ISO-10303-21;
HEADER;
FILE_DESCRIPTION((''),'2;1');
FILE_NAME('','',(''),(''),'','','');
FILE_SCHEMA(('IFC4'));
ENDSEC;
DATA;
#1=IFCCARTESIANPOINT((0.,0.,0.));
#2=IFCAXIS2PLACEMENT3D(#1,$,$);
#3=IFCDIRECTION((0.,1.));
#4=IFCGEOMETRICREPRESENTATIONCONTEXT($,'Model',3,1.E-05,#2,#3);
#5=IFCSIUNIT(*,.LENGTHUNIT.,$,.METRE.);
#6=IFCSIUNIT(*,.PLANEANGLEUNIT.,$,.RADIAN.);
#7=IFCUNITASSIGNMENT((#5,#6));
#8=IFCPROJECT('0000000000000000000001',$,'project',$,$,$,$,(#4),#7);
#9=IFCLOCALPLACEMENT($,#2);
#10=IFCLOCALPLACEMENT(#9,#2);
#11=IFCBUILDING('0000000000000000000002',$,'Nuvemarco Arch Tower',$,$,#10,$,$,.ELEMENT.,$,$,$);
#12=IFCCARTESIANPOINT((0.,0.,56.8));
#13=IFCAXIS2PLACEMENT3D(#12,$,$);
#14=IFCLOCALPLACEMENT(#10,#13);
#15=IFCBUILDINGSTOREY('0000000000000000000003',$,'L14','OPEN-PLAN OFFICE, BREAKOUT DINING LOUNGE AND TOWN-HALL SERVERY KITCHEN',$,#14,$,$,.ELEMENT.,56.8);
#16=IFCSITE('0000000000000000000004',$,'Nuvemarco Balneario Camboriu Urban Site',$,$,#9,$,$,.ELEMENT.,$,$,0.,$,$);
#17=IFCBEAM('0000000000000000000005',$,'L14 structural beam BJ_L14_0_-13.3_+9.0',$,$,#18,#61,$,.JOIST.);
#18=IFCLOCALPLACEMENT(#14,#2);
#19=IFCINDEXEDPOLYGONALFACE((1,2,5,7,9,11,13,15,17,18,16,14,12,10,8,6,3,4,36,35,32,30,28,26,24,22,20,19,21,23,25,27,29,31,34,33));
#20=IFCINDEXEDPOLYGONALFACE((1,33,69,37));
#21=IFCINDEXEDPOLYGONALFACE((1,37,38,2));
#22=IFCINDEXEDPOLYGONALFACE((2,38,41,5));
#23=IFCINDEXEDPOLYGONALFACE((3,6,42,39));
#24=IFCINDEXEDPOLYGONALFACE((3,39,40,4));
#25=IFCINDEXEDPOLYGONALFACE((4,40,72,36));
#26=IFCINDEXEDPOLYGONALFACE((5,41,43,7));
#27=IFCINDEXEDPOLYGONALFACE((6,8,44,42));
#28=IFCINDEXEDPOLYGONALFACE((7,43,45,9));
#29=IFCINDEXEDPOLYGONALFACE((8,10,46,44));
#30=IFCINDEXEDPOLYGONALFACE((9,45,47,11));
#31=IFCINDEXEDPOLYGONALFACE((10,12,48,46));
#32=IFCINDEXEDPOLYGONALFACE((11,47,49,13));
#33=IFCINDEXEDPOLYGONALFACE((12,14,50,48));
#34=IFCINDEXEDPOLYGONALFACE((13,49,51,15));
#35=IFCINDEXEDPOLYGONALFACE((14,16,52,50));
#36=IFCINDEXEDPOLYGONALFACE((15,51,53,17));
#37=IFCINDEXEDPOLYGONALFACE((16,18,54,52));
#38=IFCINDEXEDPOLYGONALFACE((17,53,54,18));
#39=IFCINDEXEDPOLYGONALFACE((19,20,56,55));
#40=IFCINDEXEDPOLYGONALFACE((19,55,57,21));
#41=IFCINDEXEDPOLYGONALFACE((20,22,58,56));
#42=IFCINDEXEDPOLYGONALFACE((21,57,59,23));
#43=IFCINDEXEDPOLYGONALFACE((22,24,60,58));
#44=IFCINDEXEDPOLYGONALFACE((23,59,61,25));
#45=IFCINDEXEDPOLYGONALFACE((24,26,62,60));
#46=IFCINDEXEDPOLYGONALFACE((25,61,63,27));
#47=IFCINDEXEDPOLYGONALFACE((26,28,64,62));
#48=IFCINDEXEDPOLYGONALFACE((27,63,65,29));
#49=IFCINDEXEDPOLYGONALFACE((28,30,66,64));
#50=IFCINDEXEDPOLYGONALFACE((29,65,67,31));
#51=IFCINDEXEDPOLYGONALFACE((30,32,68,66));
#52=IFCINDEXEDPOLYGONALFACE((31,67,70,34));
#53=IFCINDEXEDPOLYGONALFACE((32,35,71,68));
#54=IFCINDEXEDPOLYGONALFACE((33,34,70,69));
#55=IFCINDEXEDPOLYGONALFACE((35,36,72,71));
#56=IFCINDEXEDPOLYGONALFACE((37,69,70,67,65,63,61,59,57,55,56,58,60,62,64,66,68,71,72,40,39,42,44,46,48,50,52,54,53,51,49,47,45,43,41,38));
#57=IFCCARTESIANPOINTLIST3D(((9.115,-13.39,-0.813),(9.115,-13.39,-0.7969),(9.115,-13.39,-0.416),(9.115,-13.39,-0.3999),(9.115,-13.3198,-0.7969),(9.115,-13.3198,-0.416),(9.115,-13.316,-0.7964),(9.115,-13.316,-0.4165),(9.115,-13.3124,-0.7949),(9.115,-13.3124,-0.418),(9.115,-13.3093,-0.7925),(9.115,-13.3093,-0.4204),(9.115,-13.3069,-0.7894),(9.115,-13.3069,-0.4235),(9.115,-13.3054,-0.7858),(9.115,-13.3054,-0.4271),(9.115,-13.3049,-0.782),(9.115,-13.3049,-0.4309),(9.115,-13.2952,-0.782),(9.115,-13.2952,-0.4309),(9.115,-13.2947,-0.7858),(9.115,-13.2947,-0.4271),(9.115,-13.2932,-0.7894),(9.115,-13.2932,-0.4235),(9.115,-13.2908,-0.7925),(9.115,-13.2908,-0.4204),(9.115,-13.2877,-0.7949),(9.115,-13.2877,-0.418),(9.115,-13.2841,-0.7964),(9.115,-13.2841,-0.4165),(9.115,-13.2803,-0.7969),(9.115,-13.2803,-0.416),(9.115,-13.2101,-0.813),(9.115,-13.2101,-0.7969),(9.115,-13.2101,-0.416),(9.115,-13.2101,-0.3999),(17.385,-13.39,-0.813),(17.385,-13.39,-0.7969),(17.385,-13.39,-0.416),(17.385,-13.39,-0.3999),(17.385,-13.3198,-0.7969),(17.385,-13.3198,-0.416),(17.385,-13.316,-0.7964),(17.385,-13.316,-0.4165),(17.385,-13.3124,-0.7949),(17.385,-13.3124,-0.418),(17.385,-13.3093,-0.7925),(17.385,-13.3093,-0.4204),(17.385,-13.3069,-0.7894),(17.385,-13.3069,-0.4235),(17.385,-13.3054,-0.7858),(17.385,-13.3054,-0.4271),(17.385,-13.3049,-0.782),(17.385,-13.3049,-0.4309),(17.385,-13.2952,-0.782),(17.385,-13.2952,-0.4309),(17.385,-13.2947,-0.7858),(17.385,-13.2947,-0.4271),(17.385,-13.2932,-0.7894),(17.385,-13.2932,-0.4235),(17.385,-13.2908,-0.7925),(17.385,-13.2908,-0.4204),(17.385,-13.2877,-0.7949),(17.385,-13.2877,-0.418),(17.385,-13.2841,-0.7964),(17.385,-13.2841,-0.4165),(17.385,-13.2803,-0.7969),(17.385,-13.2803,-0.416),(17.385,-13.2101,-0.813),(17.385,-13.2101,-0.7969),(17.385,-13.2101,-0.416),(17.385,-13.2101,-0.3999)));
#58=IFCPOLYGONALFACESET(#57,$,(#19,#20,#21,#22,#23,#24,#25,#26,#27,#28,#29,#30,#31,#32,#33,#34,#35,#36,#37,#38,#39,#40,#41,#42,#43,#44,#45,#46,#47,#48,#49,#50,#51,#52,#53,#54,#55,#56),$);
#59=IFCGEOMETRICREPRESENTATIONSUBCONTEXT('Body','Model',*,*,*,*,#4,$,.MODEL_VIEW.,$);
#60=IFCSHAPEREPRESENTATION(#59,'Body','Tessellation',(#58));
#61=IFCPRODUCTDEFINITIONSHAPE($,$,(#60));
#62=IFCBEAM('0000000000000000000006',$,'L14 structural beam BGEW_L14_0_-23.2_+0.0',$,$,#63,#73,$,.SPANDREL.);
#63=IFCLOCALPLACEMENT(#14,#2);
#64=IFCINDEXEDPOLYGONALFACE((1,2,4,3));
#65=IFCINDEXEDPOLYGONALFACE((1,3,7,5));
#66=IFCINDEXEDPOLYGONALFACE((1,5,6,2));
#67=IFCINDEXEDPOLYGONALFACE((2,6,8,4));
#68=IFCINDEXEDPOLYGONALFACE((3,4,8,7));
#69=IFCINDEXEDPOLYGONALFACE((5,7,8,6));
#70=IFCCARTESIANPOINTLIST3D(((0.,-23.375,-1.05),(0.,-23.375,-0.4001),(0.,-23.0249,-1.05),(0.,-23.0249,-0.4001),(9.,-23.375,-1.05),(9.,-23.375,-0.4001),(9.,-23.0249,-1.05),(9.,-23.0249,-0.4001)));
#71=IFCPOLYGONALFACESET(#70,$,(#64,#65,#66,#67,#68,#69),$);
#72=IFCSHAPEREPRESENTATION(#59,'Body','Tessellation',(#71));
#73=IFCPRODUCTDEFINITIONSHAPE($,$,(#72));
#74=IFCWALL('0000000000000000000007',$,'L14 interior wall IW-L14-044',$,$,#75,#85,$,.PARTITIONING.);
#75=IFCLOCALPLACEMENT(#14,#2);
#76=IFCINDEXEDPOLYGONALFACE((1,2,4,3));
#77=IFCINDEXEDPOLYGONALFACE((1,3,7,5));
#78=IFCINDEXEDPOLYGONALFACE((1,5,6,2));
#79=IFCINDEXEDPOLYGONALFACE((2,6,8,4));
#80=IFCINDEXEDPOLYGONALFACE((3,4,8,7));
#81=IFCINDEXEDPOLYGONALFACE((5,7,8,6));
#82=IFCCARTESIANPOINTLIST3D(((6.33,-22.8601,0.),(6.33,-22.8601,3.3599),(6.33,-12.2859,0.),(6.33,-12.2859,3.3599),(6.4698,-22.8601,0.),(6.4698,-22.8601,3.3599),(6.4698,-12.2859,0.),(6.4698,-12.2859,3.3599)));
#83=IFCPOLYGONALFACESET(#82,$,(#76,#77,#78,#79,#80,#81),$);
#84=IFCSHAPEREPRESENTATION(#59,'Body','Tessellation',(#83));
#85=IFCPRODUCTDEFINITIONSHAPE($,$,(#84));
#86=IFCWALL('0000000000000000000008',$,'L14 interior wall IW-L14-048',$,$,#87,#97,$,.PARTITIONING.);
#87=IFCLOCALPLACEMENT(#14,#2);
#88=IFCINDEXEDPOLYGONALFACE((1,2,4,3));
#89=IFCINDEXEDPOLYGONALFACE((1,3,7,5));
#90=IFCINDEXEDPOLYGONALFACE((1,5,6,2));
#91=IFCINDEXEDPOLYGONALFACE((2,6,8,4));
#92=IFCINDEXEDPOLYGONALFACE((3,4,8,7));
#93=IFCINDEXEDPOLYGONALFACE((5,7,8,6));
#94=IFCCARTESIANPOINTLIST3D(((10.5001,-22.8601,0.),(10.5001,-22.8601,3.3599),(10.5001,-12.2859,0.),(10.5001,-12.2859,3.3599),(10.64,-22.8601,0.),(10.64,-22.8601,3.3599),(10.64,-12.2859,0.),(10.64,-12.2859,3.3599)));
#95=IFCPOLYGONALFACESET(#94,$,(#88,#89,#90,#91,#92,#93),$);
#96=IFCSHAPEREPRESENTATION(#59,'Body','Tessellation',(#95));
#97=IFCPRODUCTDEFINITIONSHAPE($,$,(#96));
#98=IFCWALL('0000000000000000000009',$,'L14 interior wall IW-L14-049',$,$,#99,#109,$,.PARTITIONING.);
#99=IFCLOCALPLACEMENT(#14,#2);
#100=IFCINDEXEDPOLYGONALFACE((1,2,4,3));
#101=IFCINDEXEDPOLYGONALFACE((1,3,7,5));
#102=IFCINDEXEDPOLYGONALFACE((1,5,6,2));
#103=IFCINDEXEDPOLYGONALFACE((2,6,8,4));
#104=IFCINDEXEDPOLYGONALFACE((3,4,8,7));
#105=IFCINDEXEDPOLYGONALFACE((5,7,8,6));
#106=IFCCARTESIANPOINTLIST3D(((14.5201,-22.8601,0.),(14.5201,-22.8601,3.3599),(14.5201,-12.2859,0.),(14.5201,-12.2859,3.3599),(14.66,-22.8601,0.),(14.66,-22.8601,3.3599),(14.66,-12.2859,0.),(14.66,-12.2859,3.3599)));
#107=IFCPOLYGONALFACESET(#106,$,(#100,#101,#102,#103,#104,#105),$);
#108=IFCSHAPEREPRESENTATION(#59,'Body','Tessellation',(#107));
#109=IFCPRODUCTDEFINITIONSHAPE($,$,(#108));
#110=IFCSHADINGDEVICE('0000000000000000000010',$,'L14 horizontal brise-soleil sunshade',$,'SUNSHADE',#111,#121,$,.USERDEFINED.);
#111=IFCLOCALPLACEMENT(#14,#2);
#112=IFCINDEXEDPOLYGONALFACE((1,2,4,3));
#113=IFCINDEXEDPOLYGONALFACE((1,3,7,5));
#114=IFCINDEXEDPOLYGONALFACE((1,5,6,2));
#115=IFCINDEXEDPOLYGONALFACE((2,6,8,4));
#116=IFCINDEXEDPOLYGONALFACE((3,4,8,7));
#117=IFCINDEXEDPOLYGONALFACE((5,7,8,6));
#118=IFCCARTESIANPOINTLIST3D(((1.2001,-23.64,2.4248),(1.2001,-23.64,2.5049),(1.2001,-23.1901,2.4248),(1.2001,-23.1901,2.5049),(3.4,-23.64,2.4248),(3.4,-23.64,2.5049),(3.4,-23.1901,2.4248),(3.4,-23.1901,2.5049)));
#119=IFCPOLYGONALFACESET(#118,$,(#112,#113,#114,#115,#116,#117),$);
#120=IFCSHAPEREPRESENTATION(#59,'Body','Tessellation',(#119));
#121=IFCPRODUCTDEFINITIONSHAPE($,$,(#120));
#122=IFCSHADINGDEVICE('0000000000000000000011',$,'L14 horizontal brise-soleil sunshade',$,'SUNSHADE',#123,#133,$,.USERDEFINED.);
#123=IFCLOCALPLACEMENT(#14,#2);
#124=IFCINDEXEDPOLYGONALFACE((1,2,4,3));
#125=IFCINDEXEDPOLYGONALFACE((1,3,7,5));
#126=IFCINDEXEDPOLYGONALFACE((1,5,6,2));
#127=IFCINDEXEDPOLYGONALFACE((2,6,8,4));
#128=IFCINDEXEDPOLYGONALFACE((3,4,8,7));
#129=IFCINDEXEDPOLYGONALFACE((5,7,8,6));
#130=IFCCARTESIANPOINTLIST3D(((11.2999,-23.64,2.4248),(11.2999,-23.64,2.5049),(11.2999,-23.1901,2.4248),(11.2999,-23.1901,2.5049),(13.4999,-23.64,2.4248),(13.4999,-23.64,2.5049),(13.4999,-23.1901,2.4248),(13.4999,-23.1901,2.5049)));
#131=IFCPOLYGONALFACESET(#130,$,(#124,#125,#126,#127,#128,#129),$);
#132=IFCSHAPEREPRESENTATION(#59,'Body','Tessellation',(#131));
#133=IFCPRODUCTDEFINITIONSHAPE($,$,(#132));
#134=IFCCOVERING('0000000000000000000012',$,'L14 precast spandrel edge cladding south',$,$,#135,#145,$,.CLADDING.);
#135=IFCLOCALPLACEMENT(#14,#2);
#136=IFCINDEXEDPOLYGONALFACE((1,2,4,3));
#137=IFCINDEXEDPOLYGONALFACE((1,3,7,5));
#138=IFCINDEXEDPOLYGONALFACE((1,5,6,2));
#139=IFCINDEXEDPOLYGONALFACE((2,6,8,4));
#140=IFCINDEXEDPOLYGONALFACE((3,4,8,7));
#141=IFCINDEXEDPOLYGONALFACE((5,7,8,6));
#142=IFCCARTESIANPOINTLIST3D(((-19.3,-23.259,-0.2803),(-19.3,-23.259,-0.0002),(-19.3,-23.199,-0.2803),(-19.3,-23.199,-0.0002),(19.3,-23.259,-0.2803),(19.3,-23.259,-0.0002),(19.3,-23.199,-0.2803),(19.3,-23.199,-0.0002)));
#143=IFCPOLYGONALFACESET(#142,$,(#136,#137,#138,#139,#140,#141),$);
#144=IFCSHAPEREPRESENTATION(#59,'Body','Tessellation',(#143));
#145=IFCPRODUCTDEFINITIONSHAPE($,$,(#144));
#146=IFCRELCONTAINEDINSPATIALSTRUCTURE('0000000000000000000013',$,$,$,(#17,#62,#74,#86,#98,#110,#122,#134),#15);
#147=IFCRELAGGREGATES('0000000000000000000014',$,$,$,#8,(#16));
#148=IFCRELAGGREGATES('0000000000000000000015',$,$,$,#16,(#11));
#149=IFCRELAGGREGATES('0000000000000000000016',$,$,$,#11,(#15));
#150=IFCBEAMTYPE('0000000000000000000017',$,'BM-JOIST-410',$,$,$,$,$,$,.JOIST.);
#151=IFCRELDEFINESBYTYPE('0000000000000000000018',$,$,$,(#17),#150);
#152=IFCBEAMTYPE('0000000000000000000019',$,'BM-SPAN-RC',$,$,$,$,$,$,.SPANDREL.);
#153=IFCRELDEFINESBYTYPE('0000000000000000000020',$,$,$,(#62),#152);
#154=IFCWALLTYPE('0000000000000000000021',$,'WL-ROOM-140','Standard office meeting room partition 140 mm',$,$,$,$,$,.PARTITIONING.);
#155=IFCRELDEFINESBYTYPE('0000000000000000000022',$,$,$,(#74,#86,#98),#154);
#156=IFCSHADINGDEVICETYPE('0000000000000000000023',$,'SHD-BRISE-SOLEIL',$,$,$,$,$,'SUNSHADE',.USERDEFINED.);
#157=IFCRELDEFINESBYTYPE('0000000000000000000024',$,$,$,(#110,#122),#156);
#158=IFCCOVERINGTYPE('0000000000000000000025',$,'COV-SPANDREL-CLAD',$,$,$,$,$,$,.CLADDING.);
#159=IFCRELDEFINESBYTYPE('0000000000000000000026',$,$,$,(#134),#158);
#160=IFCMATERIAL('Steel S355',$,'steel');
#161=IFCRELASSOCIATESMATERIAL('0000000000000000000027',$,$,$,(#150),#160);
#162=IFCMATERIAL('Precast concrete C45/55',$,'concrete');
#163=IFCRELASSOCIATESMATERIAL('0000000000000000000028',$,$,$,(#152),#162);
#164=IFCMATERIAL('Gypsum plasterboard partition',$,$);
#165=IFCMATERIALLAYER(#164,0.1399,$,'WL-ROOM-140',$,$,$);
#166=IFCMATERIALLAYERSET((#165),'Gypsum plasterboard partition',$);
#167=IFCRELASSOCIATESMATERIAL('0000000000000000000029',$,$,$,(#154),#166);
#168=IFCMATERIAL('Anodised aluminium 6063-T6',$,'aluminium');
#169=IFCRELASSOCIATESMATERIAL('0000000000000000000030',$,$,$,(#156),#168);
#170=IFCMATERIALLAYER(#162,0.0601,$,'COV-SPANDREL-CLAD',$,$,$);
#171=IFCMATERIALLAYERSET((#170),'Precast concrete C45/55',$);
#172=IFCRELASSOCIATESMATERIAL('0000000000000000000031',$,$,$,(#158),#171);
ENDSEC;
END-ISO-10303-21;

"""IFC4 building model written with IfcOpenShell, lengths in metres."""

from ifc_helpers import new_model, si_unit, direction, frame, frame_2d, origin, origin_2d, place, context, subcontext, project, spatial, rectangle, i_section, extrude, source, transform, mapped, material, layer, layer_set, material_profile, profile_set, type_object, type_shapes, element, save


model = new_model("IFC4")

# Units and contexts
model_context = context("Model", 3, precision=1e-05, world=origin(), true_north=direction((0.0, 1.0)))
body_context = subcontext(model_context, "Body", "Model", "MODEL_VIEW")
ifc_project = project(units=[si_unit("LENGTHUNIT", "METRE"), si_unit("PLANEANGLEUNIT", "RADIAN")], contexts=[model_context])

# Site, building, storey
site_placement = place(None, origin())
site = spatial("IfcSite", under=ifc_project, at=site_placement, Name="Nuvemarco Balneario Camboriu Urban Site", CompositionType="ELEMENT", RefElevation=0.0)
building_placement = place(site_placement, origin())
building = spatial("IfcBuilding", under=site, at=building_placement, Name="Nuvemarco Arch Tower", CompositionType="ELEMENT")
storey_placement = place(building_placement, frame((0.0, 0.0, 56.8)))
storey = spatial("IfcBuildingStorey", under=building, at=storey_placement, Name="L14", Description="OPEN-PLAN OFFICE, BREAKOUT DINING LOUNGE AND TOWN-HALL SERVERY KITCHEN", CompositionType="ELEMENT", Elevation=56.8)

# Shared definitions
ifc_material_1 = material(Name="Steel S355", Category="steel")

# Beams
ifc_material_profile_1 = material_profile(ifc_material_1, i_section(OverallWidth=0.1799, OverallDepth=0.4131, WebThickness=0.0098, FlangeThickness=0.0161, FilletRadius=0.0149, at=origin_2d()), Name="W410x75")
ifc_profile_set_1 = profile_set([ifc_material_profile_1], Name="Steel S355")
beam_type_1 = type_object("IfcBeamType", Name="BM-JOIST-410", PredefinedType="JOIST", material=ifc_profile_set_1)
beam_1_placement = place(storey_placement, frame((9.115, -13.3, -0.6064), z_axis=(1.0, 0.0, 0.0), x_axis=(0.0, 1.0, 0.0)))
element("IfcBeam", 1, at=beam_1_placement, inside=storey, type_object=beam_type_1, Name="L14 structural beam BJ_L14_0_-13.3_+9.0", PredefinedType="JOIST", context=body_context, shape_type="SweptSolid", body=[
    extrude(i_section(OverallWidth=0.1799, OverallDepth=0.4131, WebThickness=0.0098, FlangeThickness=0.0161, FilletRadius=0.0149, at=origin_2d()), origin(), (0.0, 0.0, 1.0), 8.27),
])
ifc_material_2 = material(Name="Precast concrete C45/55", Category="concrete")
ifc_material_profile_2 = material_profile(ifc_material_2, rectangle(XDim=0.3501, YDim=0.6499, at=origin_2d()), Name="PC-SP-350x650")
ifc_profile_set_2 = profile_set([ifc_material_profile_2], Name="Precast concrete C45/55")
beam_type_2 = type_object("IfcBeamType", Name="BM-SPAN-RC", PredefinedType="SPANDREL", material=ifc_profile_set_2)
beam_2_placement = place(storey_placement, frame((0.0, -23.2, -0.7251), z_axis=(1.0, 0.0, 0.0), x_axis=(0.0, 1.0, 0.0)))
element("IfcBeam", 2, at=beam_2_placement, inside=storey, type_object=beam_type_2, Name="L14 structural beam BGEW_L14_0_-23.2_+0.0", PredefinedType="SPANDREL", context=body_context, shape_type="SweptSolid", body=[
    extrude(rectangle(XDim=0.3501, YDim=0.6499, at=origin_2d()), origin(), (0.0, 0.0, 1.0), 9.0),
])

# Walls
ifc_material_3 = material(Name="Gypsum plasterboard partition")
ifc_layer_1 = layer(ifc_material_3, 0.1399, Name="WL-ROOM-140")
ifc_layer_set_1 = layer_set([ifc_layer_1], Name="Gypsum plasterboard partition")
wall_type = type_object("IfcWallType", Name="WL-ROOM-140", Description="Standard office meeting room partition 140 mm", PredefinedType="PARTITIONING", material=ifc_layer_set_1)
for number, where, z_axis, x_axis, name in (
    (3, (6.3999, -22.8601, 0.0), (0.0, 0.0, 1.0), (0.0, 1.0, 0.0), "L14 interior wall IW-L14-044"),
    (4, (10.5701, -22.8601, 0.0), (0.0, 0.0, 1.0), (0.0, 1.0, 0.0), "L14 interior wall IW-L14-048"),
    (5, (14.5901, -22.8601, 0.0), (0.0, 0.0, 1.0), (0.0, 1.0, 0.0), "L14 interior wall IW-L14-049"),
):
    element("IfcWall", number, at=place(storey_placement, frame(where, z_axis=z_axis, x_axis=x_axis)), inside=storey, type_object=wall_type, Name=name, PredefinedType="PARTITIONING", context=body_context, shape_type="SweptSolid", body=[
        extrude(rectangle(XDim=10.5742, YDim=0.1399, at=frame_2d((5.2871, 0.0))), origin(), (0.0, 0.0, 1.0), 3.3599),
    ])

# Shading devices
ifc_material_4 = material(Name="Anodised aluminium 6063-T6", Category="aluminium")
shading_device_type = type_object("IfcShadingDeviceType", Name="SHD-BRISE-SOLEIL", ElementType="SUNSHADE", PredefinedType="USERDEFINED", material=ifc_material_4)
shared_shape_1 = source(origin(), body_context, "Body", "SweptSolid", [
    extrude(rectangle(XDim=2.2, YDim=0.45, at=origin_2d()), origin(), (0.0, 0.0, 1.0), 0.0801),
])
type_shapes(shading_device_type, [shared_shape_1])
for number, where, z_axis, x_axis, name in (
    (6, (2.3, -23.415, 2.4248), (0.0, 0.0, 1.0), (1.0, 0.0, 0.0), "L14 horizontal brise-soleil sunshade"),
    (7, (12.3999, -23.415, 2.4248), (0.0, 0.0, 1.0), (1.0, 0.0, 0.0), "L14 horizontal brise-soleil sunshade"),
):
    element("IfcShadingDevice", number, at=place(storey_placement, frame(where, z_axis=z_axis, x_axis=x_axis)), inside=storey, type_object=shading_device_type, Name=name, ObjectType="SUNSHADE", PredefinedType="USERDEFINED", context=body_context, shape_type="MappedRepresentation", body=[
        mapped(shared_shape_1, transform((0.0, 0.0, 0.0), scale=1.0)),
    ])

# Covering
ifc_layer_2 = layer(ifc_material_2, 0.0601, Name="COV-SPANDREL-CLAD")
ifc_layer_set_2 = layer_set([ifc_layer_2], Name="Precast concrete C45/55")
covering_type = type_object("IfcCoveringType", Name="COV-SPANDREL-CLAD", PredefinedType="CLADDING", material=ifc_layer_set_2)
shared_shape_2 = source(origin(), body_context, "Body", "SweptSolid", [
    extrude(rectangle(XDim=38.6001, YDim=0.0601, at=origin_2d()), origin(), (0.0, 0.0, 1.0), 0.28),
])
type_shapes(covering_type, [shared_shape_2])
covering_placement = place(storey_placement, frame((0.0, -23.229, -0.2803), z_axis=(0.0, 0.0, 1.0), x_axis=(1.0, 0.0, 0.0)))
element("IfcCovering", 8, at=covering_placement, inside=storey, type_object=covering_type, Name="L14 precast spandrel edge cladding south", PredefinedType="CLADDING", context=body_context, shape_type="MappedRepresentation", body=[
    mapped(shared_shape_2, transform((0.0, 0.0, 0.0), scale=1.0)),
])

save(model, "model.ifc")
